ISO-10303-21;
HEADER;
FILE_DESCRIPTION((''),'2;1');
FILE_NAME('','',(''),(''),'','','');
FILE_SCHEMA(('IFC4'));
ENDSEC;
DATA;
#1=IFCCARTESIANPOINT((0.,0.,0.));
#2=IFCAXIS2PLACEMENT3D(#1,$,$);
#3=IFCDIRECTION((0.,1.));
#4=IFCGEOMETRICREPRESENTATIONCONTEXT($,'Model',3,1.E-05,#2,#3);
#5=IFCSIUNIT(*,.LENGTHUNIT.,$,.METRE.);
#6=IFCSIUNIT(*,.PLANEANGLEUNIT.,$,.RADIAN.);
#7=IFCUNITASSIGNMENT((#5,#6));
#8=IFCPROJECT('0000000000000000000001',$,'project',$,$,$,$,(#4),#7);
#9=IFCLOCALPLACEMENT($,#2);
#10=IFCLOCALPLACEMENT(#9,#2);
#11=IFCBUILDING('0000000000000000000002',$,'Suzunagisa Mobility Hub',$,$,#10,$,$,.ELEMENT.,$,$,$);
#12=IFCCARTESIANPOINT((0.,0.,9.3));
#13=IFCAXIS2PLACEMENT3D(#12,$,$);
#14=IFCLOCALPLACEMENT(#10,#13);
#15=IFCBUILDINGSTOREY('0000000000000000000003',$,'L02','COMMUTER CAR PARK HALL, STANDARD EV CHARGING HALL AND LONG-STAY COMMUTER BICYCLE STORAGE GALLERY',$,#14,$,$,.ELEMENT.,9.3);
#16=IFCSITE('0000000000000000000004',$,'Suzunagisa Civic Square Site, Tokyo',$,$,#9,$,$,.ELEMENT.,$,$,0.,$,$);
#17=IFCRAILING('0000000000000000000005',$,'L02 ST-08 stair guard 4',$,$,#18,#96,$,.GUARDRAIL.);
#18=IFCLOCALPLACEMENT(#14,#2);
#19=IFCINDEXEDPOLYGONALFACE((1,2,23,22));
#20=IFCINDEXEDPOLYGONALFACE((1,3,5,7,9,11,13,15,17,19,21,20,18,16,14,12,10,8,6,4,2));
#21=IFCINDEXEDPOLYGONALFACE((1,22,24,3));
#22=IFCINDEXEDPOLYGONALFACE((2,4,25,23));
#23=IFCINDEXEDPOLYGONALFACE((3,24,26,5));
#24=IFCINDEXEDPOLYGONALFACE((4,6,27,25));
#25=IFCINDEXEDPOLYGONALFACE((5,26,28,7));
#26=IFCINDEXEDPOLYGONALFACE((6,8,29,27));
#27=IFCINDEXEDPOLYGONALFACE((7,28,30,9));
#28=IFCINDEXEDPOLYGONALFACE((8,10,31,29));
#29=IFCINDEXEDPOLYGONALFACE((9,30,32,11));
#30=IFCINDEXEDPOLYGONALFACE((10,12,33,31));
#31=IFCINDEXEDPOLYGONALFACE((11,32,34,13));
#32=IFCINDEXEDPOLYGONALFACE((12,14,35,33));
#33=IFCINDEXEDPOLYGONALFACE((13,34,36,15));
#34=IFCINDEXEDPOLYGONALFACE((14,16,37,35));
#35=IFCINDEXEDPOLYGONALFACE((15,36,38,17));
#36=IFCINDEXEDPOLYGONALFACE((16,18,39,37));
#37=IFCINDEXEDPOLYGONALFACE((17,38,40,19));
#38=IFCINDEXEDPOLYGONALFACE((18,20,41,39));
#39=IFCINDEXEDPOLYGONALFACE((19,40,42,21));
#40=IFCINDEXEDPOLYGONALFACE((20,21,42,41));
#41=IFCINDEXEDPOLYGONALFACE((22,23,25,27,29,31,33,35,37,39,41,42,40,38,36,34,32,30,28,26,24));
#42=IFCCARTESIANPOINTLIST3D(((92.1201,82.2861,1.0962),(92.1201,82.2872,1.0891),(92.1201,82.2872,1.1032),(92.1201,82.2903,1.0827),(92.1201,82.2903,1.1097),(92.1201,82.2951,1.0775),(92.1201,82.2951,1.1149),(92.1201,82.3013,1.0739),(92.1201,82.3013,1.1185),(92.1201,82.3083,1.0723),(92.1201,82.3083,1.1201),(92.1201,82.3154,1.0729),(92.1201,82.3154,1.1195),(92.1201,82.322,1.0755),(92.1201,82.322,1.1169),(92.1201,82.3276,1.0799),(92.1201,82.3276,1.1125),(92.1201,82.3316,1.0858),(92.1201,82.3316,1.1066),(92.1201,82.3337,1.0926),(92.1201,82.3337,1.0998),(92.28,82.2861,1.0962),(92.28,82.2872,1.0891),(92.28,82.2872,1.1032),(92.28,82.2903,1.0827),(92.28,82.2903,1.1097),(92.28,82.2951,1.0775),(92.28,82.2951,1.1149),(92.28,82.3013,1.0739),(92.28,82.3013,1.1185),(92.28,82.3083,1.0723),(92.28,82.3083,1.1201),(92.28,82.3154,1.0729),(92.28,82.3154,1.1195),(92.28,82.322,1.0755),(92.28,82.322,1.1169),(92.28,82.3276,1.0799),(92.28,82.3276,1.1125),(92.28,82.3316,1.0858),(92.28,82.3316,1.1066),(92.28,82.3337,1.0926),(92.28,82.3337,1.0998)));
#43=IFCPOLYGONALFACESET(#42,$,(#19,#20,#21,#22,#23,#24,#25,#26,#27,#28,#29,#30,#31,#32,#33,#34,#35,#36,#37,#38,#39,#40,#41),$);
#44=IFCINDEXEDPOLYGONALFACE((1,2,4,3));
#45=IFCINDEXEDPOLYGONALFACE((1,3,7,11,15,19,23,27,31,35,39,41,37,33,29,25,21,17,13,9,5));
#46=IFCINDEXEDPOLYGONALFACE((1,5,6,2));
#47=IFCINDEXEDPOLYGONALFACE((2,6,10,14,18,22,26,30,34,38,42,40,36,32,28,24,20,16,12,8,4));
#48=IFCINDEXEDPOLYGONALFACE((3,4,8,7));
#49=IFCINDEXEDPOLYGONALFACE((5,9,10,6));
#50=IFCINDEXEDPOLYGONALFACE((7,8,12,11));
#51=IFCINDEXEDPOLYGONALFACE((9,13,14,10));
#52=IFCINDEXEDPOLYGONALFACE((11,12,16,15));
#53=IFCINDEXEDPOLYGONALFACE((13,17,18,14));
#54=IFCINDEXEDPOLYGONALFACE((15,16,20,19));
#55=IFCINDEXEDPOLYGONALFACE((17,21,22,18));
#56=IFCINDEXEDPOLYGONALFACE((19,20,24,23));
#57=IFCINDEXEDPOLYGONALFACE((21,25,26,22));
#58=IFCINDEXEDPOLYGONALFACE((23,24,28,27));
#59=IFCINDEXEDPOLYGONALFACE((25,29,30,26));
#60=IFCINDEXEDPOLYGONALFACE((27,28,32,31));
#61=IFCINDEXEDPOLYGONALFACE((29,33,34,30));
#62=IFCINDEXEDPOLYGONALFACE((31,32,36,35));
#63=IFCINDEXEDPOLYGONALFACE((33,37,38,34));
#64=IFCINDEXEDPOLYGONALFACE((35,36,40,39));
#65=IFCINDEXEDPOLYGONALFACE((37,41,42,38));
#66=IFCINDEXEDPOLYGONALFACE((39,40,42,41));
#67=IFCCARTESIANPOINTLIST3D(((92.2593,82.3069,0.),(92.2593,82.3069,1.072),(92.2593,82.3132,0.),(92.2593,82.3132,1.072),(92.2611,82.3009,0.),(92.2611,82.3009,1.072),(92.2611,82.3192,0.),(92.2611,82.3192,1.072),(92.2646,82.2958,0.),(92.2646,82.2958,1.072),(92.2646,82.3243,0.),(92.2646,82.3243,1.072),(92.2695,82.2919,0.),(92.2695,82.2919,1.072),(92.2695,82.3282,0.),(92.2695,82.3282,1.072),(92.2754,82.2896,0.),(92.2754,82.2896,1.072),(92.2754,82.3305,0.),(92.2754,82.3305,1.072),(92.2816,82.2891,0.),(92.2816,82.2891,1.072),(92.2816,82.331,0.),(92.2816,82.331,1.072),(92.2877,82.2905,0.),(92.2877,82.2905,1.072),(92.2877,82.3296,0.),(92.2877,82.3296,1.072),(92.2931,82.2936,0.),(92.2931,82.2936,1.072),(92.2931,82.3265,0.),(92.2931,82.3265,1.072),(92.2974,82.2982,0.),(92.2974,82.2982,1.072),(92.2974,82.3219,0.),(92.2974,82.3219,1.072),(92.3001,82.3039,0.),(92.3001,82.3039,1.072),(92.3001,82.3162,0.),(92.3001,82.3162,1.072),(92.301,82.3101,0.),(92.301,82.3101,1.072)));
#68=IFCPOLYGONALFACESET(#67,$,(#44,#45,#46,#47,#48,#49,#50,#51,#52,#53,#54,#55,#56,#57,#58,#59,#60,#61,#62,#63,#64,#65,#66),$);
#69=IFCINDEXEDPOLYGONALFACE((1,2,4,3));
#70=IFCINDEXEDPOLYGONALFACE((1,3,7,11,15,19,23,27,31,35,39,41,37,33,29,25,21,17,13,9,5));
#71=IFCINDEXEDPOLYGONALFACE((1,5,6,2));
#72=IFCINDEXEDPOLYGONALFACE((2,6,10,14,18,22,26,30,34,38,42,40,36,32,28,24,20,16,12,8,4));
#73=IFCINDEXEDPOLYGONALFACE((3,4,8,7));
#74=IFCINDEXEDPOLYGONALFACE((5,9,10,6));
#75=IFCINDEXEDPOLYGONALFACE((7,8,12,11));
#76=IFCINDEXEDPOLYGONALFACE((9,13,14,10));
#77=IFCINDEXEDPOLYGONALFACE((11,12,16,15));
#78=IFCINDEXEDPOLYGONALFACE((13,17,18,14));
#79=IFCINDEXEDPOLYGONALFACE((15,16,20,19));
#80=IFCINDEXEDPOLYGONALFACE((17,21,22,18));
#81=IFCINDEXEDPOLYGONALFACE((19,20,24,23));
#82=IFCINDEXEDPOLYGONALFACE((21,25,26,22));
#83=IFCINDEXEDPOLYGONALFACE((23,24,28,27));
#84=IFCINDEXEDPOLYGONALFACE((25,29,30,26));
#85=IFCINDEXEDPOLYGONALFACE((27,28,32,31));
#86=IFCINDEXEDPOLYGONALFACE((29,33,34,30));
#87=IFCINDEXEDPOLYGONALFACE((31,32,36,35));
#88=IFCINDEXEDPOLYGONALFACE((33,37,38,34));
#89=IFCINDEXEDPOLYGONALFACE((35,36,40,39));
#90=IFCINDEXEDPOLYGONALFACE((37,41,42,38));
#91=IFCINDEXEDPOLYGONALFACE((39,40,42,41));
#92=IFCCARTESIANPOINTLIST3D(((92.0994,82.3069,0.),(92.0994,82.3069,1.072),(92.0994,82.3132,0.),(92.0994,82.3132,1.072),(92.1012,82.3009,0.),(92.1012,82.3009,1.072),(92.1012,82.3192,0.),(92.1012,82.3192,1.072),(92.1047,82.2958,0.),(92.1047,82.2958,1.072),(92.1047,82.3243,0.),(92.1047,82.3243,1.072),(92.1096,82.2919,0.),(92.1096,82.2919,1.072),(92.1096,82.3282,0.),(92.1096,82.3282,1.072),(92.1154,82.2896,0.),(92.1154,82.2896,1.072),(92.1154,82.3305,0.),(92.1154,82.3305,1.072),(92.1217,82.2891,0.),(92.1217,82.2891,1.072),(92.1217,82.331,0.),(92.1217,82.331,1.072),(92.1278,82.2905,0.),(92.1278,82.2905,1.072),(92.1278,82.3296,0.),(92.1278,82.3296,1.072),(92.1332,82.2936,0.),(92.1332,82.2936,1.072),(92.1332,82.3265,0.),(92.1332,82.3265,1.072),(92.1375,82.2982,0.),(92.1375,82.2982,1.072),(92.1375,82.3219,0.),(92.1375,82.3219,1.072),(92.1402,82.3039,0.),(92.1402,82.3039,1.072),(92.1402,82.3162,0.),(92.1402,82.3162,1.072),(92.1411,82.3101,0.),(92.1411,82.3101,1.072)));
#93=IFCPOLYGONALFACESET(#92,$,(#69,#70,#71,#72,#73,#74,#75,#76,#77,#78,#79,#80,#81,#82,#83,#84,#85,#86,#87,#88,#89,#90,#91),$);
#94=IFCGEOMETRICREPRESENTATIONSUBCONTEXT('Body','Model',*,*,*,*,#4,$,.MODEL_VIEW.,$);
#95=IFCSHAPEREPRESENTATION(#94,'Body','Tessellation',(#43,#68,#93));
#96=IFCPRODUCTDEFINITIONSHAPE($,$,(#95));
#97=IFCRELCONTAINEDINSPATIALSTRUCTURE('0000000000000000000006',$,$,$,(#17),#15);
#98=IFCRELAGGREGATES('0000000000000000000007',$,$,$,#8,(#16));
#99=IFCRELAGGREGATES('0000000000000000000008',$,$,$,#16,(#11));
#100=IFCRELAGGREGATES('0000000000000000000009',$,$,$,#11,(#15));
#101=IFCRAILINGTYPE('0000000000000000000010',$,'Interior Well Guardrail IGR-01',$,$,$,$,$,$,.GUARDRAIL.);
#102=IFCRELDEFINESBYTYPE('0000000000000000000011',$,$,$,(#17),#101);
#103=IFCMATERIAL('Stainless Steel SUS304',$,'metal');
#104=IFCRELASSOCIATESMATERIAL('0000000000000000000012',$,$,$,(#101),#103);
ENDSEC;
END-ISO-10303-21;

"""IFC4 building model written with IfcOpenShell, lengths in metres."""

from ifc_helpers import new_model, si_unit, direction, frame, origin, origin_2d, place, context, subcontext, project, spatial, circle, extrude, material, type_object, element, save


model = new_model("IFC4")

# Units and contexts
model_context = context("Model", 3, precision=1e-05, world=origin(), true_north=direction((0.0, 1.0)))
body_context = subcontext(model_context, "Body", "Model", "MODEL_VIEW")
ifc_project = project(units=[si_unit("LENGTHUNIT", "METRE"), si_unit("PLANEANGLEUNIT", "RADIAN")], contexts=[model_context])

# Site, building, storey
site_placement = place(None, origin())
site = spatial("IfcSite", under=ifc_project, at=site_placement, Name="Suzunagisa Civic Square Site, Tokyo", CompositionType="ELEMENT", RefElevation=0.0)
building_placement = place(site_placement, origin())
building = spatial("IfcBuilding", under=site, at=building_placement, Name="Suzunagisa Mobility Hub", CompositionType="ELEMENT")
storey_placement = place(building_placement, frame((0.0, 0.0, 9.3)))
storey = spatial("IfcBuildingStorey", under=building, at=storey_placement, Name="L02", Description="COMMUTER CAR PARK HALL, STANDARD EV CHARGING HALL AND LONG-STAY COMMUTER BICYCLE STORAGE GALLERY", CompositionType="ELEMENT", Elevation=9.3)

# Railing
ifc_material_1 = material(Name="Stainless Steel SUS304", Category="metal")
railing_type_1 = type_object("IfcRailingType", Name="Interior Well Guardrail IGR-01", PredefinedType="GUARDRAIL", material=ifc_material_1)
railing_1_placement = place(storey_placement, frame((92.28, 82.3101, 0.0)))
element("IfcRailing", 1, at=railing_1_placement, inside=storey, type_object=railing_type_1, Name="L02 ST-08 stair guard 4", PredefinedType="GUARDRAIL", context=body_context, shape_type="SweptSolid", body=[
    extrude(circle(Radius=0.0239, at=origin_2d()), frame((0.0, 0.0, 1.0962), z_axis=(-1.0, 0.0, 0.0), x_axis=(0.0, -1.0, 0.0)), (0.0, 0.0, 1.0), 0.1599),
    extrude(circle(Radius=0.021, at=origin_2d()), origin(), (0.0, 0.0, 1.0), 1.072),
    extrude(circle(Radius=0.021, at=origin_2d()), frame((-0.1599, 0.0, 0.0)), (0.0, 0.0, 1.0), 1.072),
])

save(model, "model.ifc")
